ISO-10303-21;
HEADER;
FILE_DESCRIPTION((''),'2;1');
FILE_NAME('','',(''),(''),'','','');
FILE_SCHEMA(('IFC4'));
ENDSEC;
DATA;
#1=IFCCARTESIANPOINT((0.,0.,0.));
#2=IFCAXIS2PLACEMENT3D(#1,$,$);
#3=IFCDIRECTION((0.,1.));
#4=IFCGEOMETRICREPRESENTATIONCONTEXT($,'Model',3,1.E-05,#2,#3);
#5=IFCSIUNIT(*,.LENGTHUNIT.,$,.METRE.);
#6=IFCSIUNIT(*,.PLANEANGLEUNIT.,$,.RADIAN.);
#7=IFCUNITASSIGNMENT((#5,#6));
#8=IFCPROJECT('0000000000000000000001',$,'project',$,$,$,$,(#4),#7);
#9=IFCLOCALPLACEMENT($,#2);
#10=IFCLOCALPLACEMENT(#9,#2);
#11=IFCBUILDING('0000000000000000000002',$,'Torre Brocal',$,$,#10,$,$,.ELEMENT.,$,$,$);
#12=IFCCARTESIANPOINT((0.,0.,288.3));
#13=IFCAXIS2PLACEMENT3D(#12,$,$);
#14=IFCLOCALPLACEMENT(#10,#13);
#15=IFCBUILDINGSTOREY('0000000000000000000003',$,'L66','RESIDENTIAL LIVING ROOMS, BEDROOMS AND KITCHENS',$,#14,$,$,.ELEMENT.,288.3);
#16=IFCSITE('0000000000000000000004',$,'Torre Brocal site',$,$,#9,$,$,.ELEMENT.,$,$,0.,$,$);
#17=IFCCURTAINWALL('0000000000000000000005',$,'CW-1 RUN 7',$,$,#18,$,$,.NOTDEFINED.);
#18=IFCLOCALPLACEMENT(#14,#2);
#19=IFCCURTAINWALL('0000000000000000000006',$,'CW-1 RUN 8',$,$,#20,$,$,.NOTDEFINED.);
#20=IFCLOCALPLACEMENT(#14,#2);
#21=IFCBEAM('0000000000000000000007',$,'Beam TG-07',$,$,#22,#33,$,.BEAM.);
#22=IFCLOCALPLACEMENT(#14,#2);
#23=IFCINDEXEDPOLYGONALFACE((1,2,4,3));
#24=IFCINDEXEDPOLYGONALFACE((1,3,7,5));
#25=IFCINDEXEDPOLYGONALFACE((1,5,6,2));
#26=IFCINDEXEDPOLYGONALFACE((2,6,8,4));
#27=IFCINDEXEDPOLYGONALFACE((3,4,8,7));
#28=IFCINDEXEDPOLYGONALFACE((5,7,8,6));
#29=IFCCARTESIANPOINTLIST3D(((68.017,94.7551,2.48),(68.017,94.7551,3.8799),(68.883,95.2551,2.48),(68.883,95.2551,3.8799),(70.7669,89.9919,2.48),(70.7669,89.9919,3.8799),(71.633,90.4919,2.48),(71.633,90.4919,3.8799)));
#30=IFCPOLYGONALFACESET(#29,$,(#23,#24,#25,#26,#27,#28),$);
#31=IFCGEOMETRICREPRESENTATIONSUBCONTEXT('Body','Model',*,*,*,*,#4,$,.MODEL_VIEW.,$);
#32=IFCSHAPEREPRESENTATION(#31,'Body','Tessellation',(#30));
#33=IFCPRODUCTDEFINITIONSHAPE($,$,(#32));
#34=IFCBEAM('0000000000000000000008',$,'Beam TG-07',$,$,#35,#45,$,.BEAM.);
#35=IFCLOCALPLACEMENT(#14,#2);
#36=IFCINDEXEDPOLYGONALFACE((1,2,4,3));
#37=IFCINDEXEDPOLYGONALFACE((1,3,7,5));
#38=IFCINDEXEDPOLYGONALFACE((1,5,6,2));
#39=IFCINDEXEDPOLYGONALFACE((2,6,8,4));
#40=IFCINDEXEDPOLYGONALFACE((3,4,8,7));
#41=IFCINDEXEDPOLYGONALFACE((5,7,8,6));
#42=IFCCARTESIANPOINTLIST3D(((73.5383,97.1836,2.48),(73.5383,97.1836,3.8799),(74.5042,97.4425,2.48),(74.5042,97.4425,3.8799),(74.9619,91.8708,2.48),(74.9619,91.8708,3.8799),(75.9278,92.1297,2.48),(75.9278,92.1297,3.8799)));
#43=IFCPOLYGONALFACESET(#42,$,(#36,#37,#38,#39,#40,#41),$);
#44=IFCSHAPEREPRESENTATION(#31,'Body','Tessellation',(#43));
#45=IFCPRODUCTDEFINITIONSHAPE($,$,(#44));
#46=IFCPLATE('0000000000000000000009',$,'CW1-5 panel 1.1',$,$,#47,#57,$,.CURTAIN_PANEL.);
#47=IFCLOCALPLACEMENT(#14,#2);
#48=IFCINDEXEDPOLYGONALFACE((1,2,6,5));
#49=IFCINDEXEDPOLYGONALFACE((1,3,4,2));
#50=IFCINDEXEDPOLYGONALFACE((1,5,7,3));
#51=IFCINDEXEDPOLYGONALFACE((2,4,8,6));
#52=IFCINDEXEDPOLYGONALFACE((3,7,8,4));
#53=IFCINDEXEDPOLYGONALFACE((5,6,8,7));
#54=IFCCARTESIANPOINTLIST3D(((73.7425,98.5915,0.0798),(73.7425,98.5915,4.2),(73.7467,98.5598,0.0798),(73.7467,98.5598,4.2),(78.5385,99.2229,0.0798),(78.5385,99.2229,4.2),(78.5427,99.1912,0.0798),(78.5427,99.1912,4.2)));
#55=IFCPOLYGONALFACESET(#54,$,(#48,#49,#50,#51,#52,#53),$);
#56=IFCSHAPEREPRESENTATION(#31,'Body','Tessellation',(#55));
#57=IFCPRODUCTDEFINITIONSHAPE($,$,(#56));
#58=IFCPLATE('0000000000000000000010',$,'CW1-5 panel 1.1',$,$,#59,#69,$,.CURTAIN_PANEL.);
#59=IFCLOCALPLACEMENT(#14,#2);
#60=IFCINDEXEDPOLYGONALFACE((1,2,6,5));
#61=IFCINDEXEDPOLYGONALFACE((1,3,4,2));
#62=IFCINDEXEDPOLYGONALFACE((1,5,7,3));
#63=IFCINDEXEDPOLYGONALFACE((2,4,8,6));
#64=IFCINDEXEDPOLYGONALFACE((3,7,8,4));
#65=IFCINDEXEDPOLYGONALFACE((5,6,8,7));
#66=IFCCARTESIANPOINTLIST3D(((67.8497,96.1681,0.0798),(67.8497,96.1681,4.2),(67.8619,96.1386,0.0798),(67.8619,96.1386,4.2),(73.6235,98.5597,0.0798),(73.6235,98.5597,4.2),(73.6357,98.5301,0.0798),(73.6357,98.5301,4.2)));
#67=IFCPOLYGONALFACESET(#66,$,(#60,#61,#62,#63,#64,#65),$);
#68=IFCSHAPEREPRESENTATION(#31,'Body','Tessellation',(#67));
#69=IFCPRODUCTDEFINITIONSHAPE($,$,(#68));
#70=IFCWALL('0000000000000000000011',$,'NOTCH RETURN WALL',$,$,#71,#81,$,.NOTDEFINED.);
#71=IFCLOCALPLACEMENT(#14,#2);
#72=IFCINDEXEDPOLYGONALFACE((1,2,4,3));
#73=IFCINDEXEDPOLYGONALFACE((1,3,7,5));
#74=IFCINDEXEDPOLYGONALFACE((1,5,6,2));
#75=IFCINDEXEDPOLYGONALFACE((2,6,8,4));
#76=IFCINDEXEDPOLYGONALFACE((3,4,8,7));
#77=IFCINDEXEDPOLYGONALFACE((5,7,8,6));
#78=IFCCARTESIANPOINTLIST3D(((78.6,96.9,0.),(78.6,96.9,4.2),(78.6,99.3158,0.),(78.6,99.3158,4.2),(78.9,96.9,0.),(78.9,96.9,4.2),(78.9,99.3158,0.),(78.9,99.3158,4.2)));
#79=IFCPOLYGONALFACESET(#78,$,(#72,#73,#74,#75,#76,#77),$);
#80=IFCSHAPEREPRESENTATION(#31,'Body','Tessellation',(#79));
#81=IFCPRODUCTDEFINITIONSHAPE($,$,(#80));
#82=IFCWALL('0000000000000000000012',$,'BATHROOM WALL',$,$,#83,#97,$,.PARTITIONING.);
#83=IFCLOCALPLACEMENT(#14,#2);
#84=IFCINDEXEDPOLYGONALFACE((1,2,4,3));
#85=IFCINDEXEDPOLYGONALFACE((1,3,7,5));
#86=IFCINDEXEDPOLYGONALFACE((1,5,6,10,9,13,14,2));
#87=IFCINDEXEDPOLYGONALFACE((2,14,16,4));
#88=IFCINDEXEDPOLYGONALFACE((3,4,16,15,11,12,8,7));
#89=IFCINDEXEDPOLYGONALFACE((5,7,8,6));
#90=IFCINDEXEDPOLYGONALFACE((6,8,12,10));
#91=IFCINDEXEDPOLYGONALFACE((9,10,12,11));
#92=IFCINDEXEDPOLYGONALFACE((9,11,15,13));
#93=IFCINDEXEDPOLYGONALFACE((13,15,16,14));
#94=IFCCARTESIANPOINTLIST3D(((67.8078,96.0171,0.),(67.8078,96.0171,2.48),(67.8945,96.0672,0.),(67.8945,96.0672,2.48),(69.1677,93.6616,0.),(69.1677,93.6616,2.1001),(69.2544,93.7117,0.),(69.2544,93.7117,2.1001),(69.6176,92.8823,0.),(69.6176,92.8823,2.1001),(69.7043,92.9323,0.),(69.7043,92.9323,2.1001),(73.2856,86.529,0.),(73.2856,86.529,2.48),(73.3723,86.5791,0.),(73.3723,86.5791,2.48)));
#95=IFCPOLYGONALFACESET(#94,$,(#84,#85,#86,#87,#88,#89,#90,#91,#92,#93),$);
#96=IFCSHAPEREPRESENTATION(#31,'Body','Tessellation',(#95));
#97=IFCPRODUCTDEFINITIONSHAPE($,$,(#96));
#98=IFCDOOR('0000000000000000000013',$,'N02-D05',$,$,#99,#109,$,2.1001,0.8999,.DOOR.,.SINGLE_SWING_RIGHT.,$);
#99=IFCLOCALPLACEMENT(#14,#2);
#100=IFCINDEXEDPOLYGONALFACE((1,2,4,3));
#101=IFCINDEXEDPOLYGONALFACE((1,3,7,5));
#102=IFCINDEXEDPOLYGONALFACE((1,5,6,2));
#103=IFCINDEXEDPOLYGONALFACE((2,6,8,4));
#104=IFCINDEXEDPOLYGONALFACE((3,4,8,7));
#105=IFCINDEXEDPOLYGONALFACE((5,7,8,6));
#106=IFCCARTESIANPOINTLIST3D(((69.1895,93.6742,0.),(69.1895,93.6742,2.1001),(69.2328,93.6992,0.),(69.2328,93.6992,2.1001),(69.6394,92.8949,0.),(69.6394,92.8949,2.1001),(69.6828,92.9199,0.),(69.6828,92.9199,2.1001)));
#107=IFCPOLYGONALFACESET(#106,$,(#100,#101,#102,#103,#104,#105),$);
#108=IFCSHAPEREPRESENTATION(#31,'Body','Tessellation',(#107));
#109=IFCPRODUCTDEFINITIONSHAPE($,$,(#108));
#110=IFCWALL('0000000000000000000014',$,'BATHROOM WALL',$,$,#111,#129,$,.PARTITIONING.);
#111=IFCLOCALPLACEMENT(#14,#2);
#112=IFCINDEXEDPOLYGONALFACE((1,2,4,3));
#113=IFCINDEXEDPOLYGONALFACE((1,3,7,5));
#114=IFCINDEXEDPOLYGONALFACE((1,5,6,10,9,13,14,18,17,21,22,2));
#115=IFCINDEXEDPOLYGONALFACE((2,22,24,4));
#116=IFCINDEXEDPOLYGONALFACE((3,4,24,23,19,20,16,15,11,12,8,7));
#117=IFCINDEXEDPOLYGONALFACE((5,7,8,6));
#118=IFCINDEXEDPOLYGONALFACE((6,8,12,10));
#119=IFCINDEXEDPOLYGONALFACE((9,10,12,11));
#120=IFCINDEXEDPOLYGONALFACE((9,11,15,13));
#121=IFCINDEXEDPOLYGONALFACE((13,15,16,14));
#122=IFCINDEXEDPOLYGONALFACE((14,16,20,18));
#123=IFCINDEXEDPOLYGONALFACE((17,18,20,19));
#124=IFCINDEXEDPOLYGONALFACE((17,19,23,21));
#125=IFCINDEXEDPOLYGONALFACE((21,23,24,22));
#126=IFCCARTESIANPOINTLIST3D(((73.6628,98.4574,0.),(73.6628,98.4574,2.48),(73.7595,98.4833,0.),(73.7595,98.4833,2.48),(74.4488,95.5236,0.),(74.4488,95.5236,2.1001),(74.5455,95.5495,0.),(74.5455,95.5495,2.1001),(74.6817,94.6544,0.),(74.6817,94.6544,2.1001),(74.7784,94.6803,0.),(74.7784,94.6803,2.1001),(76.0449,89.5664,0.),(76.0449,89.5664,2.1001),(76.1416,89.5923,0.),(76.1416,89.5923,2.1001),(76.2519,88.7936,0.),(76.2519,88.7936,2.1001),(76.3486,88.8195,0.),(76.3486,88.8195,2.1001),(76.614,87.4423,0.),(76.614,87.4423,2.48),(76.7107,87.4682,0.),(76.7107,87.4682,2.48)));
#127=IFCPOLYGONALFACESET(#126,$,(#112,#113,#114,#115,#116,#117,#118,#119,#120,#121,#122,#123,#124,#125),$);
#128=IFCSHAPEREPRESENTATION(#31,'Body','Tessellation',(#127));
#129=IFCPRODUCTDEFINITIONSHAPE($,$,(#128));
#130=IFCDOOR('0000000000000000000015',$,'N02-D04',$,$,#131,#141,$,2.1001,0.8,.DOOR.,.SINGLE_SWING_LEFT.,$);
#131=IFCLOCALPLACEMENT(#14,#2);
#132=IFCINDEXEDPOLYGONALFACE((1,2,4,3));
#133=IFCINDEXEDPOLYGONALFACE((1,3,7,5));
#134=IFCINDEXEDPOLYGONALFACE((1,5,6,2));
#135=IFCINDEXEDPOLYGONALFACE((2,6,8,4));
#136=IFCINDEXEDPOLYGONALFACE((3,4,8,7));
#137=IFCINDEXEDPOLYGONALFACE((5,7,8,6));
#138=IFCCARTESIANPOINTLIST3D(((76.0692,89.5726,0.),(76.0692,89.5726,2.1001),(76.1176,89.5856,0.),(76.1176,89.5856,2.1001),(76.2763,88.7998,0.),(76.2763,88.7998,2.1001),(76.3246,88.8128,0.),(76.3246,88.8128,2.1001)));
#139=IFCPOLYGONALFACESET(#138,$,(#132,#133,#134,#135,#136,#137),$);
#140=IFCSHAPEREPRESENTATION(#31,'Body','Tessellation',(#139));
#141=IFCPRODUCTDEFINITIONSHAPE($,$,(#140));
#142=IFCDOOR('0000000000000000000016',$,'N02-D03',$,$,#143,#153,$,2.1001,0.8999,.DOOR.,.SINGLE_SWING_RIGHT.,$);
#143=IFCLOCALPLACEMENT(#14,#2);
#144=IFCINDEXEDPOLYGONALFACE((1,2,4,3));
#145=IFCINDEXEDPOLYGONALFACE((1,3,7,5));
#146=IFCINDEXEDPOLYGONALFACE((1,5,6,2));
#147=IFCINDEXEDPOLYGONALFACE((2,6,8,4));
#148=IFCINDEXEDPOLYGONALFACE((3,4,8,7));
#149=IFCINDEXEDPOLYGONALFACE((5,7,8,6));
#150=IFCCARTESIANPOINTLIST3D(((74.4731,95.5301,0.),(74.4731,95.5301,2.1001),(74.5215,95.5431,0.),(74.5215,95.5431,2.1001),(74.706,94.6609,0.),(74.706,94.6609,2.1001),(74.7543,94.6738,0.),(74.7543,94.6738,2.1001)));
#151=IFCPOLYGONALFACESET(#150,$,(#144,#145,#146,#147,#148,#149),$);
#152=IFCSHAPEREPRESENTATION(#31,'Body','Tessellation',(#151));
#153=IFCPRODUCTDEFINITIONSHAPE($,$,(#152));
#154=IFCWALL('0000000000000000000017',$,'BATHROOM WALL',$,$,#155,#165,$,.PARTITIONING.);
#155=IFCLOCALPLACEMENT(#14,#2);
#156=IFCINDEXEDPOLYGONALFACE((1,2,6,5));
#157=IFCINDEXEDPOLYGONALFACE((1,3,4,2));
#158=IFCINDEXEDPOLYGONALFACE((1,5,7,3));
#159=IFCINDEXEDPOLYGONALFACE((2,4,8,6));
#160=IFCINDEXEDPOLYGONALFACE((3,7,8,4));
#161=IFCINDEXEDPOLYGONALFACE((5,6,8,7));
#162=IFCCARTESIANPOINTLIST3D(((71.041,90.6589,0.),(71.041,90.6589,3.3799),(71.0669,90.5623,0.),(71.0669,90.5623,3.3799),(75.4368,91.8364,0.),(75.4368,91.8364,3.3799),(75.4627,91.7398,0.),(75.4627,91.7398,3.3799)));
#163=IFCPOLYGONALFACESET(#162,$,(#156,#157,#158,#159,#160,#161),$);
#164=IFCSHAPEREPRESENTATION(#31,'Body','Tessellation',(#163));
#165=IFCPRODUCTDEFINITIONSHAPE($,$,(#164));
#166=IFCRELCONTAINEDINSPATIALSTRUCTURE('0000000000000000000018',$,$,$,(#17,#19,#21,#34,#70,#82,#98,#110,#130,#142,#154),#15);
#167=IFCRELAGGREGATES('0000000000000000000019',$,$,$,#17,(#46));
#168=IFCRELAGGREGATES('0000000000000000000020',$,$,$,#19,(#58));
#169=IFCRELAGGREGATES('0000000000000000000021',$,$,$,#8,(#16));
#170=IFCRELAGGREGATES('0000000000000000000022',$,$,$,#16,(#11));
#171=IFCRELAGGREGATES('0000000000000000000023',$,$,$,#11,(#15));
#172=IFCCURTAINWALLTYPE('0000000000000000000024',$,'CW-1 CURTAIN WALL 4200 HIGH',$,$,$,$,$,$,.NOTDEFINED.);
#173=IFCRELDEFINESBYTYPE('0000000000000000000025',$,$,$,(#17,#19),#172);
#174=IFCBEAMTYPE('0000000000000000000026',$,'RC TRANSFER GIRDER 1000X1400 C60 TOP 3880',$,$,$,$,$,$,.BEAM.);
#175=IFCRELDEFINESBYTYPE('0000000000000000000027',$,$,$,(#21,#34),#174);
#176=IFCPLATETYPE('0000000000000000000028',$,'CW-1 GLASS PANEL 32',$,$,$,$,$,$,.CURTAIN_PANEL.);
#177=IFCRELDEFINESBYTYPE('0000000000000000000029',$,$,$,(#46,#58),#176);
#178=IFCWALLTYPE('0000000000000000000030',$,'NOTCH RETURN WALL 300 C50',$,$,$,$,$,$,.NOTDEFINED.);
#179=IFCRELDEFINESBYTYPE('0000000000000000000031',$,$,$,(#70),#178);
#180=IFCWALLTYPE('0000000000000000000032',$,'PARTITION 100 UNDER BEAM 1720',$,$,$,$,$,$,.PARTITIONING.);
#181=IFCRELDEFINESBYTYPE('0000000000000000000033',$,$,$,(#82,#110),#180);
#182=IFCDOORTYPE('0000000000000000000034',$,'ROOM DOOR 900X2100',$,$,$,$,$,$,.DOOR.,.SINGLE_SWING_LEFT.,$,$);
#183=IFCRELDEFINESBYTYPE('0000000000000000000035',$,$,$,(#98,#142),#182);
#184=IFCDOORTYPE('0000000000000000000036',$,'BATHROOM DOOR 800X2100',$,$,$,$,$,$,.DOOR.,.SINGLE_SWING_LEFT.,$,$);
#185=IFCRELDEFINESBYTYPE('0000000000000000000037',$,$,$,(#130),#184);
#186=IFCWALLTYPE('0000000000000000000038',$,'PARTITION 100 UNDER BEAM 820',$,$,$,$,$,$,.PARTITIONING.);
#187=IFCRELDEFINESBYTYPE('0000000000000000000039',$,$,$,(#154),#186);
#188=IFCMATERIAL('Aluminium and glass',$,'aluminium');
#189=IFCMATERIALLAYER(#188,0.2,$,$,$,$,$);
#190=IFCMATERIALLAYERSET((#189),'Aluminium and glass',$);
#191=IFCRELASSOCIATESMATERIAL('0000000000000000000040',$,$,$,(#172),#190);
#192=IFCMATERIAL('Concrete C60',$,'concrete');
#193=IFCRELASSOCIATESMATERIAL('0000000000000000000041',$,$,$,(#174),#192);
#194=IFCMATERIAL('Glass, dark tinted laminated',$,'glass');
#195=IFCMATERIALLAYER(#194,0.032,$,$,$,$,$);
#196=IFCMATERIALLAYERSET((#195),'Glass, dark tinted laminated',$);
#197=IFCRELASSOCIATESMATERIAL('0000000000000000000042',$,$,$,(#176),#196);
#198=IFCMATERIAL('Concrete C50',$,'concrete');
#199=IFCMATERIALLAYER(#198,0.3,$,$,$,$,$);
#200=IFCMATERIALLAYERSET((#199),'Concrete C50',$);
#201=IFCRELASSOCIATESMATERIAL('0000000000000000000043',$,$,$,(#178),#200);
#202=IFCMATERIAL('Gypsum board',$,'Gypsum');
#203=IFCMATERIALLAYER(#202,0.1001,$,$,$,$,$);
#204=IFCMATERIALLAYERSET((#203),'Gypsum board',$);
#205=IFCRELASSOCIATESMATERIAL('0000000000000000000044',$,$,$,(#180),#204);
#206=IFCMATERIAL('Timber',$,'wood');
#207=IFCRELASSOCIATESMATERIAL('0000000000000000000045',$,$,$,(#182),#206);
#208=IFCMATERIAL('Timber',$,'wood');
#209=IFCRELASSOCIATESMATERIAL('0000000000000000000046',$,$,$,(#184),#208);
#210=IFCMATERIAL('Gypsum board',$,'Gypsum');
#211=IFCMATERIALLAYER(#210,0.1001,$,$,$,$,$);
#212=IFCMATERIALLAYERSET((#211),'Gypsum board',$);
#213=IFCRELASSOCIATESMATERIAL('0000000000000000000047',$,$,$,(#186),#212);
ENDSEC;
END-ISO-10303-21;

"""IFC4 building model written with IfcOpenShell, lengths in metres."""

from ifc_helpers import new_model, si_unit, direction, frame, frame_2d, origin, origin_2d, place, context, subcontext, project, spatial, rectangle, extrude, material, layer, layer_set, material_profile, profile_set, type_object, element, fill, aggregate, save


model = new_model("IFC4")

# Units and contexts
model_context = context("Model", 3, precision=1e-05, world=origin(), true_north=direction((0.0, 1.0)))
body_context = subcontext(model_context, "Body", "Model", "MODEL_VIEW")
ifc_project = project(units=[si_unit("LENGTHUNIT", "METRE"), si_unit("PLANEANGLEUNIT", "RADIAN")], contexts=[model_context])

# Site, building, storey
site_placement = place(None, origin())
site = spatial("IfcSite", under=ifc_project, at=site_placement, Name="Torre Brocal site", CompositionType="ELEMENT", RefElevation=0.0)
building_placement = place(site_placement, origin())
building = spatial("IfcBuilding", under=site, at=building_placement, Name="Torre Brocal", CompositionType="ELEMENT")
storey_placement = place(building_placement, frame((0.0, 0.0, 288.3)))
storey = spatial("IfcBuildingStorey", under=building, at=storey_placement, Name="L66", Description="RESIDENTIAL LIVING ROOMS, BEDROOMS AND KITCHENS", CompositionType="ELEMENT", Elevation=288.3)

# Curtain walls
ifc_material_1 = material(Name="Aluminium and glass", Category="aluminium")
ifc_layer_1 = layer(ifc_material_1, 0.2)
ifc_layer_set_1 = layer_set([ifc_layer_1], Name="Aluminium and glass")
curtain_wall_type = type_object("IfcCurtainWallType", Name="CW-1 CURTAIN WALL 4200 HIGH", PredefinedType="NOTDEFINED", material=ifc_layer_set_1)
curtain_wall_1_placement = place(storey_placement, origin())
curtain_wall_1 = element("IfcCurtainWall", 1, at=curtain_wall_1_placement, inside=storey, type_object=curtain_wall_type, Name="CW-1 RUN 7", PredefinedType="NOTDEFINED")
curtain_wall_2_placement = place(storey_placement, origin())
curtain_wall_2 = element("IfcCurtainWall", 2, at=curtain_wall_2_placement, inside=storey, type_object=curtain_wall_type, Name="CW-1 RUN 8", PredefinedType="NOTDEFINED")

# Beams
ifc_material_2 = material(Name="Concrete C60", Category="concrete")
ifc_material_profile_1 = material_profile(ifc_material_2, rectangle(XDim=1.0, YDim=1.3999, at=origin_2d()), Name="RC 1000X1400")
ifc_profile_set_1 = profile_set([ifc_material_profile_1], Name="Concrete C60")
beam_type_1 = type_object("IfcBeamType", Name="RC TRANSFER GIRDER 1000X1400 C60 TOP 3880", PredefinedType="BEAM", material=ifc_profile_set_1)
beam_1_placement = place(storey_placement, frame((71.2, 90.2419, 3.1799), z_axis=(-0.499997, 0.866027, 0.0), x_axis=(-0.866027, -0.499997, 0.0)))
element("IfcBeam", 3, at=beam_1_placement, inside=storey, type_object=beam_type_1, Name="Beam TG-07", PredefinedType="BEAM", context=body_context, shape_type="SweptSolid", body=[
    extrude(rectangle(XDim=1.0, YDim=1.3999, at=origin_2d()), origin(), (0.0, 0.0, 1.0), 5.5),
])
beam_2_placement = place(storey_placement, frame((75.4448, 92.0002, 3.1799), z_axis=(-0.258826, 0.965924, 0.0), x_axis=(-0.965924, -0.258826, 0.0)))
element("IfcBeam", 4, at=beam_2_placement, inside=storey, type_object=beam_type_1, Name="Beam TG-07", PredefinedType="BEAM", context=body_context, shape_type="SweptSolid", body=[
    extrude(rectangle(XDim=1.0, YDim=1.3999, at=origin_2d()), origin(), (0.0, 0.0, 1.0), 5.5002),
])

# Plates
ifc_material_3 = material(Name="Glass, dark tinted laminated", Category="glass")
ifc_layer_2 = layer(ifc_material_3, 0.032)
ifc_layer_set_2 = layer_set([ifc_layer_2], Name="Glass, dark tinted laminated")
plate_type = type_object("IfcPlateType", Name="CW-1 GLASS PANEL 32", PredefinedType="CURTAIN_PANEL", material=ifc_layer_set_2)
plate_1_placement = place(storey_placement, frame((76.1426, 98.8914, 0.0798), z_axis=(0.0, 0.0, 1.0), x_axis=(-0.991445, -0.130526, 0.0)))
plate_1 = element("IfcPlate", 5, at=plate_1_placement, type_object=plate_type, Name="CW1-5 panel 1.1", PredefinedType="CURTAIN_PANEL", context=body_context, shape_type="SweptSolid", body=[
    extrude(rectangle(XDim=4.8374, YDim=0.032, at=origin_2d()), origin(), (0.0, 0.0, 1.0), 4.1201),
])
aggregate(curtain_wall_1, [plate_1])
plate_2_placement = place(storey_placement, frame((70.7427, 97.3491, 0.0798), z_axis=(0.0, 0.0, 1.0), x_axis=(-0.92388, -0.382683, 0.0)))
plate_2 = element("IfcPlate", 6, at=plate_2_placement, type_object=plate_type, Name="CW1-5 panel 1.1", PredefinedType="CURTAIN_PANEL", context=body_context, shape_type="SweptSolid", body=[
    extrude(rectangle(XDim=6.2495, YDim=0.032, at=origin_2d()), origin(), (0.0, 0.0, 1.0), 4.1201),
])
aggregate(curtain_wall_2, [plate_2])

# Wall
ifc_material_4 = material(Name="Concrete C50", Category="concrete")
ifc_layer_3 = layer(ifc_material_4, 0.3)
ifc_layer_set_3 = layer_set([ifc_layer_3], Name="Concrete C50")
wall_type_1 = type_object("IfcWallType", Name="NOTCH RETURN WALL 300 C50", PredefinedType="NOTDEFINED", material=ifc_layer_set_3)
wall_1_placement = place(storey_placement, frame((78.75, 96.8999, 0.0), z_axis=(0.0, 0.0, 1.0), x_axis=(0.0, 1.0, 0.0)))
element("IfcWall", 7, at=wall_1_placement, inside=storey, type_object=wall_type_1, Name="NOTCH RETURN WALL", PredefinedType="NOTDEFINED", context=body_context, shape_type="SweptSolid", body=[
    extrude(rectangle(XDim=2.4158, YDim=0.3, at=frame_2d((1.208, 0.0))), origin(), (0.0, 0.0, 1.0), 4.2),
])

# Wall, opening, door
ifc_material_5 = material(Name="Gypsum board", Category="Gypsum")
ifc_layer_4 = layer(ifc_material_5, 0.1001)
ifc_layer_set_4 = layer_set([ifc_layer_4], Name="Gypsum board")
wall_type_2 = type_object("IfcWallType", Name="PARTITION 100 UNDER BEAM 1720", PredefinedType="PARTITIONING", material=ifc_layer_set_4)
wall_2_placement = place(storey_placement, frame((67.8511, 96.0422, 0.0), z_axis=(0.0, 0.0, 1.0), x_axis=(0.499991, -0.866031, 0.0)))
wall_2 = element("IfcWall", 8, at=wall_2_placement, inside=storey, type_object=wall_type_2, Name="BATHROOM WALL", PredefinedType="PARTITIONING", context=body_context, shape_type="SweptSolid", body=[
    extrude(rectangle(XDim=10.9558, YDim=0.1001, at=frame_2d((5.478, 0.0))), origin(), (0.0, 0.0, 1.0), 2.48),
])
opening_1_placement = place(wall_2_placement, frame((2.72, 0.0, 0.0)))
opening_1 = element("IfcOpeningElement", 9, at=opening_1_placement, cuts=wall_2, PredefinedType="OPENING", context=body_context, shape_type="SweptSolid", body=[
    extrude(rectangle(XDim=0.8999, YDim=2.1001, at=frame_2d((0.45, 1.05))), frame((0.0, 0.0601, 0.0), z_axis=(0.0, -1.0, 0.0), x_axis=(1.0, 0.0, 0.0)), (0.0, 0.0, 1.0), 0.1201),
])
ifc_material_6 = material(Name="Timber", Category="wood")
door_type_1 = type_object("IfcDoorType", Name="ROOM DOOR 900X2100", OperationType="SINGLE_SWING_LEFT", PredefinedType="DOOR", material=ifc_material_6)
door_1_placement = place(opening_1_placement, frame((0.8999, 0.0, 0.0), z_axis=(0.0, 0.0, 1.0), x_axis=(-1.0, 0.0, 0.0)))
door_1 = element("IfcDoor", 10, at=door_1_placement, inside=storey, type_object=door_type_1, Name="N02-D05", OperationType="SINGLE_SWING_RIGHT", OverallHeight=2.1001, OverallWidth=0.8999, PredefinedType="DOOR", context=body_context, shape_type="SweptSolid", body=[
    extrude(rectangle(XDim=0.8999, YDim=2.1001, at=frame_2d((0.45, 1.05))), frame((0.0, 0.0249, 0.0), z_axis=(0.0, -1.0, 0.0), x_axis=(1.0, 0.0, 0.0)), (0.0, 0.0, 1.0), 0.05),
])
fill(opening_1, door_1)

# Wall, openings, doors
wall_3_placement = place(storey_placement, frame((73.7112, 98.4702, 0.0), z_axis=(0.0, 0.0, 1.0), x_axis=(0.258792, -0.965933, 0.0)))
wall_3 = element("IfcWall", 11, at=wall_3_placement, inside=storey, type_object=wall_type_2, Name="BATHROOM WALL", PredefinedType="PARTITIONING", context=body_context, shape_type="SweptSolid", body=[
    extrude(rectangle(XDim=11.4036, YDim=0.1001, at=frame_2d((5.7017, 0.0))), origin(), (0.0, 0.0, 1.0), 2.48),
])
opening_2_placement = place(wall_3_placement, frame((3.0371, 0.0, 0.0)))
opening_2 = element("IfcOpeningElement", 12, at=opening_2_placement, cuts=wall_3, PredefinedType="OPENING", context=body_context, shape_type="SweptSolid", body=[
    extrude(rectangle(XDim=0.8999, YDim=2.1001, at=frame_2d((0.45, 1.05))), frame((0.0, 0.0601, 0.0), z_axis=(0.0, -1.0, 0.0), x_axis=(1.0, 0.0, 0.0)), (0.0, 0.0, 1.0), 0.1201),
])
opening_3_placement = place(wall_3_placement, frame((9.2046, 0.0, 0.0)))
opening_3 = element("IfcOpeningElement", 13, at=opening_3_placement, cuts=wall_3, PredefinedType="OPENING", context=body_context, shape_type="SweptSolid", body=[
    extrude(rectangle(XDim=0.8, YDim=2.1001, at=frame_2d((0.3999, 1.05))), frame((0.0, 0.0601, 0.0), z_axis=(0.0, -1.0, 0.0), x_axis=(1.0, 0.0, 0.0)), (0.0, 0.0, 1.0), 0.1201),
])
ifc_material_7 = material(Name="Timber", Category="wood")
door_type_2 = type_object("IfcDoorType", Name="BATHROOM DOOR 800X2100", OperationType="SINGLE_SWING_LEFT", PredefinedType="DOOR", material=ifc_material_7)
door_2_placement = place(opening_3_placement, frame((0.8, 0.0, 0.0), z_axis=(0.0, 0.0, 1.0), x_axis=(-1.0, 0.0, 0.0)))
door_2 = element("IfcDoor", 14, at=door_2_placement, inside=storey, type_object=door_type_2, Name="N02-D04", OperationType="SINGLE_SWING_LEFT", OverallHeight=2.1001, OverallWidth=0.8, PredefinedType="DOOR", context=body_context, shape_type="SweptSolid", body=[
    extrude(rectangle(XDim=0.8, YDim=2.1001, at=frame_2d((0.3999, 1.05))), frame((0.0, 0.0249, 0.0), z_axis=(0.0, -1.0, 0.0), x_axis=(1.0, 0.0, 0.0)), (0.0, 0.0, 1.0), 0.05),
])
fill(opening_3, door_2)
door_3_placement = place(opening_2_placement, frame((0.8999, 0.0, 0.0), z_axis=(0.0, 0.0, 1.0), x_axis=(-1.0, 0.0, 0.0)))
door_3 = element("IfcDoor", 15, at=door_3_placement, inside=storey, type_object=door_type_1, Name="N02-D03", OperationType="SINGLE_SWING_RIGHT", OverallHeight=2.1001, OverallWidth=0.8999, PredefinedType="DOOR", context=body_context, shape_type="SweptSolid", body=[
    extrude(rectangle(XDim=0.8999, YDim=2.1001, at=frame_2d((0.45, 1.05))), frame((0.0, 0.0249, 0.0), z_axis=(0.0, -1.0, 0.0), x_axis=(1.0, 0.0, 0.0)), (0.0, 0.0, 1.0), 0.05),
])
fill(opening_2, door_3)

# Wall
ifc_material_8 = material(Name="Gypsum board", Category="Gypsum")
ifc_layer_5 = layer(ifc_material_8, 0.1001)
ifc_layer_set_5 = layer_set([ifc_layer_5], Name="Gypsum board")
wall_type_3 = type_object("IfcWallType", Name="PARTITION 100 UNDER BEAM 820", PredefinedType="PARTITIONING", material=ifc_layer_set_5)
wall_4_placement = place(storey_placement, frame((71.054, 90.6106, 0.0), z_axis=(0.0, 0.0, 1.0), x_axis=(0.965945, 0.258748, 0.0)))
element("IfcWall", 16, at=wall_4_placement, inside=storey, type_object=wall_type_3, Name="BATHROOM WALL", PredefinedType="PARTITIONING", context=body_context, shape_type="SweptSolid", body=[
    extrude(rectangle(XDim=4.5508, YDim=0.1001, at=frame_2d((2.2754, 0.0))), origin(), (0.0, 0.0, 1.0), 3.3799),
])

save(model, "model.ifc")
